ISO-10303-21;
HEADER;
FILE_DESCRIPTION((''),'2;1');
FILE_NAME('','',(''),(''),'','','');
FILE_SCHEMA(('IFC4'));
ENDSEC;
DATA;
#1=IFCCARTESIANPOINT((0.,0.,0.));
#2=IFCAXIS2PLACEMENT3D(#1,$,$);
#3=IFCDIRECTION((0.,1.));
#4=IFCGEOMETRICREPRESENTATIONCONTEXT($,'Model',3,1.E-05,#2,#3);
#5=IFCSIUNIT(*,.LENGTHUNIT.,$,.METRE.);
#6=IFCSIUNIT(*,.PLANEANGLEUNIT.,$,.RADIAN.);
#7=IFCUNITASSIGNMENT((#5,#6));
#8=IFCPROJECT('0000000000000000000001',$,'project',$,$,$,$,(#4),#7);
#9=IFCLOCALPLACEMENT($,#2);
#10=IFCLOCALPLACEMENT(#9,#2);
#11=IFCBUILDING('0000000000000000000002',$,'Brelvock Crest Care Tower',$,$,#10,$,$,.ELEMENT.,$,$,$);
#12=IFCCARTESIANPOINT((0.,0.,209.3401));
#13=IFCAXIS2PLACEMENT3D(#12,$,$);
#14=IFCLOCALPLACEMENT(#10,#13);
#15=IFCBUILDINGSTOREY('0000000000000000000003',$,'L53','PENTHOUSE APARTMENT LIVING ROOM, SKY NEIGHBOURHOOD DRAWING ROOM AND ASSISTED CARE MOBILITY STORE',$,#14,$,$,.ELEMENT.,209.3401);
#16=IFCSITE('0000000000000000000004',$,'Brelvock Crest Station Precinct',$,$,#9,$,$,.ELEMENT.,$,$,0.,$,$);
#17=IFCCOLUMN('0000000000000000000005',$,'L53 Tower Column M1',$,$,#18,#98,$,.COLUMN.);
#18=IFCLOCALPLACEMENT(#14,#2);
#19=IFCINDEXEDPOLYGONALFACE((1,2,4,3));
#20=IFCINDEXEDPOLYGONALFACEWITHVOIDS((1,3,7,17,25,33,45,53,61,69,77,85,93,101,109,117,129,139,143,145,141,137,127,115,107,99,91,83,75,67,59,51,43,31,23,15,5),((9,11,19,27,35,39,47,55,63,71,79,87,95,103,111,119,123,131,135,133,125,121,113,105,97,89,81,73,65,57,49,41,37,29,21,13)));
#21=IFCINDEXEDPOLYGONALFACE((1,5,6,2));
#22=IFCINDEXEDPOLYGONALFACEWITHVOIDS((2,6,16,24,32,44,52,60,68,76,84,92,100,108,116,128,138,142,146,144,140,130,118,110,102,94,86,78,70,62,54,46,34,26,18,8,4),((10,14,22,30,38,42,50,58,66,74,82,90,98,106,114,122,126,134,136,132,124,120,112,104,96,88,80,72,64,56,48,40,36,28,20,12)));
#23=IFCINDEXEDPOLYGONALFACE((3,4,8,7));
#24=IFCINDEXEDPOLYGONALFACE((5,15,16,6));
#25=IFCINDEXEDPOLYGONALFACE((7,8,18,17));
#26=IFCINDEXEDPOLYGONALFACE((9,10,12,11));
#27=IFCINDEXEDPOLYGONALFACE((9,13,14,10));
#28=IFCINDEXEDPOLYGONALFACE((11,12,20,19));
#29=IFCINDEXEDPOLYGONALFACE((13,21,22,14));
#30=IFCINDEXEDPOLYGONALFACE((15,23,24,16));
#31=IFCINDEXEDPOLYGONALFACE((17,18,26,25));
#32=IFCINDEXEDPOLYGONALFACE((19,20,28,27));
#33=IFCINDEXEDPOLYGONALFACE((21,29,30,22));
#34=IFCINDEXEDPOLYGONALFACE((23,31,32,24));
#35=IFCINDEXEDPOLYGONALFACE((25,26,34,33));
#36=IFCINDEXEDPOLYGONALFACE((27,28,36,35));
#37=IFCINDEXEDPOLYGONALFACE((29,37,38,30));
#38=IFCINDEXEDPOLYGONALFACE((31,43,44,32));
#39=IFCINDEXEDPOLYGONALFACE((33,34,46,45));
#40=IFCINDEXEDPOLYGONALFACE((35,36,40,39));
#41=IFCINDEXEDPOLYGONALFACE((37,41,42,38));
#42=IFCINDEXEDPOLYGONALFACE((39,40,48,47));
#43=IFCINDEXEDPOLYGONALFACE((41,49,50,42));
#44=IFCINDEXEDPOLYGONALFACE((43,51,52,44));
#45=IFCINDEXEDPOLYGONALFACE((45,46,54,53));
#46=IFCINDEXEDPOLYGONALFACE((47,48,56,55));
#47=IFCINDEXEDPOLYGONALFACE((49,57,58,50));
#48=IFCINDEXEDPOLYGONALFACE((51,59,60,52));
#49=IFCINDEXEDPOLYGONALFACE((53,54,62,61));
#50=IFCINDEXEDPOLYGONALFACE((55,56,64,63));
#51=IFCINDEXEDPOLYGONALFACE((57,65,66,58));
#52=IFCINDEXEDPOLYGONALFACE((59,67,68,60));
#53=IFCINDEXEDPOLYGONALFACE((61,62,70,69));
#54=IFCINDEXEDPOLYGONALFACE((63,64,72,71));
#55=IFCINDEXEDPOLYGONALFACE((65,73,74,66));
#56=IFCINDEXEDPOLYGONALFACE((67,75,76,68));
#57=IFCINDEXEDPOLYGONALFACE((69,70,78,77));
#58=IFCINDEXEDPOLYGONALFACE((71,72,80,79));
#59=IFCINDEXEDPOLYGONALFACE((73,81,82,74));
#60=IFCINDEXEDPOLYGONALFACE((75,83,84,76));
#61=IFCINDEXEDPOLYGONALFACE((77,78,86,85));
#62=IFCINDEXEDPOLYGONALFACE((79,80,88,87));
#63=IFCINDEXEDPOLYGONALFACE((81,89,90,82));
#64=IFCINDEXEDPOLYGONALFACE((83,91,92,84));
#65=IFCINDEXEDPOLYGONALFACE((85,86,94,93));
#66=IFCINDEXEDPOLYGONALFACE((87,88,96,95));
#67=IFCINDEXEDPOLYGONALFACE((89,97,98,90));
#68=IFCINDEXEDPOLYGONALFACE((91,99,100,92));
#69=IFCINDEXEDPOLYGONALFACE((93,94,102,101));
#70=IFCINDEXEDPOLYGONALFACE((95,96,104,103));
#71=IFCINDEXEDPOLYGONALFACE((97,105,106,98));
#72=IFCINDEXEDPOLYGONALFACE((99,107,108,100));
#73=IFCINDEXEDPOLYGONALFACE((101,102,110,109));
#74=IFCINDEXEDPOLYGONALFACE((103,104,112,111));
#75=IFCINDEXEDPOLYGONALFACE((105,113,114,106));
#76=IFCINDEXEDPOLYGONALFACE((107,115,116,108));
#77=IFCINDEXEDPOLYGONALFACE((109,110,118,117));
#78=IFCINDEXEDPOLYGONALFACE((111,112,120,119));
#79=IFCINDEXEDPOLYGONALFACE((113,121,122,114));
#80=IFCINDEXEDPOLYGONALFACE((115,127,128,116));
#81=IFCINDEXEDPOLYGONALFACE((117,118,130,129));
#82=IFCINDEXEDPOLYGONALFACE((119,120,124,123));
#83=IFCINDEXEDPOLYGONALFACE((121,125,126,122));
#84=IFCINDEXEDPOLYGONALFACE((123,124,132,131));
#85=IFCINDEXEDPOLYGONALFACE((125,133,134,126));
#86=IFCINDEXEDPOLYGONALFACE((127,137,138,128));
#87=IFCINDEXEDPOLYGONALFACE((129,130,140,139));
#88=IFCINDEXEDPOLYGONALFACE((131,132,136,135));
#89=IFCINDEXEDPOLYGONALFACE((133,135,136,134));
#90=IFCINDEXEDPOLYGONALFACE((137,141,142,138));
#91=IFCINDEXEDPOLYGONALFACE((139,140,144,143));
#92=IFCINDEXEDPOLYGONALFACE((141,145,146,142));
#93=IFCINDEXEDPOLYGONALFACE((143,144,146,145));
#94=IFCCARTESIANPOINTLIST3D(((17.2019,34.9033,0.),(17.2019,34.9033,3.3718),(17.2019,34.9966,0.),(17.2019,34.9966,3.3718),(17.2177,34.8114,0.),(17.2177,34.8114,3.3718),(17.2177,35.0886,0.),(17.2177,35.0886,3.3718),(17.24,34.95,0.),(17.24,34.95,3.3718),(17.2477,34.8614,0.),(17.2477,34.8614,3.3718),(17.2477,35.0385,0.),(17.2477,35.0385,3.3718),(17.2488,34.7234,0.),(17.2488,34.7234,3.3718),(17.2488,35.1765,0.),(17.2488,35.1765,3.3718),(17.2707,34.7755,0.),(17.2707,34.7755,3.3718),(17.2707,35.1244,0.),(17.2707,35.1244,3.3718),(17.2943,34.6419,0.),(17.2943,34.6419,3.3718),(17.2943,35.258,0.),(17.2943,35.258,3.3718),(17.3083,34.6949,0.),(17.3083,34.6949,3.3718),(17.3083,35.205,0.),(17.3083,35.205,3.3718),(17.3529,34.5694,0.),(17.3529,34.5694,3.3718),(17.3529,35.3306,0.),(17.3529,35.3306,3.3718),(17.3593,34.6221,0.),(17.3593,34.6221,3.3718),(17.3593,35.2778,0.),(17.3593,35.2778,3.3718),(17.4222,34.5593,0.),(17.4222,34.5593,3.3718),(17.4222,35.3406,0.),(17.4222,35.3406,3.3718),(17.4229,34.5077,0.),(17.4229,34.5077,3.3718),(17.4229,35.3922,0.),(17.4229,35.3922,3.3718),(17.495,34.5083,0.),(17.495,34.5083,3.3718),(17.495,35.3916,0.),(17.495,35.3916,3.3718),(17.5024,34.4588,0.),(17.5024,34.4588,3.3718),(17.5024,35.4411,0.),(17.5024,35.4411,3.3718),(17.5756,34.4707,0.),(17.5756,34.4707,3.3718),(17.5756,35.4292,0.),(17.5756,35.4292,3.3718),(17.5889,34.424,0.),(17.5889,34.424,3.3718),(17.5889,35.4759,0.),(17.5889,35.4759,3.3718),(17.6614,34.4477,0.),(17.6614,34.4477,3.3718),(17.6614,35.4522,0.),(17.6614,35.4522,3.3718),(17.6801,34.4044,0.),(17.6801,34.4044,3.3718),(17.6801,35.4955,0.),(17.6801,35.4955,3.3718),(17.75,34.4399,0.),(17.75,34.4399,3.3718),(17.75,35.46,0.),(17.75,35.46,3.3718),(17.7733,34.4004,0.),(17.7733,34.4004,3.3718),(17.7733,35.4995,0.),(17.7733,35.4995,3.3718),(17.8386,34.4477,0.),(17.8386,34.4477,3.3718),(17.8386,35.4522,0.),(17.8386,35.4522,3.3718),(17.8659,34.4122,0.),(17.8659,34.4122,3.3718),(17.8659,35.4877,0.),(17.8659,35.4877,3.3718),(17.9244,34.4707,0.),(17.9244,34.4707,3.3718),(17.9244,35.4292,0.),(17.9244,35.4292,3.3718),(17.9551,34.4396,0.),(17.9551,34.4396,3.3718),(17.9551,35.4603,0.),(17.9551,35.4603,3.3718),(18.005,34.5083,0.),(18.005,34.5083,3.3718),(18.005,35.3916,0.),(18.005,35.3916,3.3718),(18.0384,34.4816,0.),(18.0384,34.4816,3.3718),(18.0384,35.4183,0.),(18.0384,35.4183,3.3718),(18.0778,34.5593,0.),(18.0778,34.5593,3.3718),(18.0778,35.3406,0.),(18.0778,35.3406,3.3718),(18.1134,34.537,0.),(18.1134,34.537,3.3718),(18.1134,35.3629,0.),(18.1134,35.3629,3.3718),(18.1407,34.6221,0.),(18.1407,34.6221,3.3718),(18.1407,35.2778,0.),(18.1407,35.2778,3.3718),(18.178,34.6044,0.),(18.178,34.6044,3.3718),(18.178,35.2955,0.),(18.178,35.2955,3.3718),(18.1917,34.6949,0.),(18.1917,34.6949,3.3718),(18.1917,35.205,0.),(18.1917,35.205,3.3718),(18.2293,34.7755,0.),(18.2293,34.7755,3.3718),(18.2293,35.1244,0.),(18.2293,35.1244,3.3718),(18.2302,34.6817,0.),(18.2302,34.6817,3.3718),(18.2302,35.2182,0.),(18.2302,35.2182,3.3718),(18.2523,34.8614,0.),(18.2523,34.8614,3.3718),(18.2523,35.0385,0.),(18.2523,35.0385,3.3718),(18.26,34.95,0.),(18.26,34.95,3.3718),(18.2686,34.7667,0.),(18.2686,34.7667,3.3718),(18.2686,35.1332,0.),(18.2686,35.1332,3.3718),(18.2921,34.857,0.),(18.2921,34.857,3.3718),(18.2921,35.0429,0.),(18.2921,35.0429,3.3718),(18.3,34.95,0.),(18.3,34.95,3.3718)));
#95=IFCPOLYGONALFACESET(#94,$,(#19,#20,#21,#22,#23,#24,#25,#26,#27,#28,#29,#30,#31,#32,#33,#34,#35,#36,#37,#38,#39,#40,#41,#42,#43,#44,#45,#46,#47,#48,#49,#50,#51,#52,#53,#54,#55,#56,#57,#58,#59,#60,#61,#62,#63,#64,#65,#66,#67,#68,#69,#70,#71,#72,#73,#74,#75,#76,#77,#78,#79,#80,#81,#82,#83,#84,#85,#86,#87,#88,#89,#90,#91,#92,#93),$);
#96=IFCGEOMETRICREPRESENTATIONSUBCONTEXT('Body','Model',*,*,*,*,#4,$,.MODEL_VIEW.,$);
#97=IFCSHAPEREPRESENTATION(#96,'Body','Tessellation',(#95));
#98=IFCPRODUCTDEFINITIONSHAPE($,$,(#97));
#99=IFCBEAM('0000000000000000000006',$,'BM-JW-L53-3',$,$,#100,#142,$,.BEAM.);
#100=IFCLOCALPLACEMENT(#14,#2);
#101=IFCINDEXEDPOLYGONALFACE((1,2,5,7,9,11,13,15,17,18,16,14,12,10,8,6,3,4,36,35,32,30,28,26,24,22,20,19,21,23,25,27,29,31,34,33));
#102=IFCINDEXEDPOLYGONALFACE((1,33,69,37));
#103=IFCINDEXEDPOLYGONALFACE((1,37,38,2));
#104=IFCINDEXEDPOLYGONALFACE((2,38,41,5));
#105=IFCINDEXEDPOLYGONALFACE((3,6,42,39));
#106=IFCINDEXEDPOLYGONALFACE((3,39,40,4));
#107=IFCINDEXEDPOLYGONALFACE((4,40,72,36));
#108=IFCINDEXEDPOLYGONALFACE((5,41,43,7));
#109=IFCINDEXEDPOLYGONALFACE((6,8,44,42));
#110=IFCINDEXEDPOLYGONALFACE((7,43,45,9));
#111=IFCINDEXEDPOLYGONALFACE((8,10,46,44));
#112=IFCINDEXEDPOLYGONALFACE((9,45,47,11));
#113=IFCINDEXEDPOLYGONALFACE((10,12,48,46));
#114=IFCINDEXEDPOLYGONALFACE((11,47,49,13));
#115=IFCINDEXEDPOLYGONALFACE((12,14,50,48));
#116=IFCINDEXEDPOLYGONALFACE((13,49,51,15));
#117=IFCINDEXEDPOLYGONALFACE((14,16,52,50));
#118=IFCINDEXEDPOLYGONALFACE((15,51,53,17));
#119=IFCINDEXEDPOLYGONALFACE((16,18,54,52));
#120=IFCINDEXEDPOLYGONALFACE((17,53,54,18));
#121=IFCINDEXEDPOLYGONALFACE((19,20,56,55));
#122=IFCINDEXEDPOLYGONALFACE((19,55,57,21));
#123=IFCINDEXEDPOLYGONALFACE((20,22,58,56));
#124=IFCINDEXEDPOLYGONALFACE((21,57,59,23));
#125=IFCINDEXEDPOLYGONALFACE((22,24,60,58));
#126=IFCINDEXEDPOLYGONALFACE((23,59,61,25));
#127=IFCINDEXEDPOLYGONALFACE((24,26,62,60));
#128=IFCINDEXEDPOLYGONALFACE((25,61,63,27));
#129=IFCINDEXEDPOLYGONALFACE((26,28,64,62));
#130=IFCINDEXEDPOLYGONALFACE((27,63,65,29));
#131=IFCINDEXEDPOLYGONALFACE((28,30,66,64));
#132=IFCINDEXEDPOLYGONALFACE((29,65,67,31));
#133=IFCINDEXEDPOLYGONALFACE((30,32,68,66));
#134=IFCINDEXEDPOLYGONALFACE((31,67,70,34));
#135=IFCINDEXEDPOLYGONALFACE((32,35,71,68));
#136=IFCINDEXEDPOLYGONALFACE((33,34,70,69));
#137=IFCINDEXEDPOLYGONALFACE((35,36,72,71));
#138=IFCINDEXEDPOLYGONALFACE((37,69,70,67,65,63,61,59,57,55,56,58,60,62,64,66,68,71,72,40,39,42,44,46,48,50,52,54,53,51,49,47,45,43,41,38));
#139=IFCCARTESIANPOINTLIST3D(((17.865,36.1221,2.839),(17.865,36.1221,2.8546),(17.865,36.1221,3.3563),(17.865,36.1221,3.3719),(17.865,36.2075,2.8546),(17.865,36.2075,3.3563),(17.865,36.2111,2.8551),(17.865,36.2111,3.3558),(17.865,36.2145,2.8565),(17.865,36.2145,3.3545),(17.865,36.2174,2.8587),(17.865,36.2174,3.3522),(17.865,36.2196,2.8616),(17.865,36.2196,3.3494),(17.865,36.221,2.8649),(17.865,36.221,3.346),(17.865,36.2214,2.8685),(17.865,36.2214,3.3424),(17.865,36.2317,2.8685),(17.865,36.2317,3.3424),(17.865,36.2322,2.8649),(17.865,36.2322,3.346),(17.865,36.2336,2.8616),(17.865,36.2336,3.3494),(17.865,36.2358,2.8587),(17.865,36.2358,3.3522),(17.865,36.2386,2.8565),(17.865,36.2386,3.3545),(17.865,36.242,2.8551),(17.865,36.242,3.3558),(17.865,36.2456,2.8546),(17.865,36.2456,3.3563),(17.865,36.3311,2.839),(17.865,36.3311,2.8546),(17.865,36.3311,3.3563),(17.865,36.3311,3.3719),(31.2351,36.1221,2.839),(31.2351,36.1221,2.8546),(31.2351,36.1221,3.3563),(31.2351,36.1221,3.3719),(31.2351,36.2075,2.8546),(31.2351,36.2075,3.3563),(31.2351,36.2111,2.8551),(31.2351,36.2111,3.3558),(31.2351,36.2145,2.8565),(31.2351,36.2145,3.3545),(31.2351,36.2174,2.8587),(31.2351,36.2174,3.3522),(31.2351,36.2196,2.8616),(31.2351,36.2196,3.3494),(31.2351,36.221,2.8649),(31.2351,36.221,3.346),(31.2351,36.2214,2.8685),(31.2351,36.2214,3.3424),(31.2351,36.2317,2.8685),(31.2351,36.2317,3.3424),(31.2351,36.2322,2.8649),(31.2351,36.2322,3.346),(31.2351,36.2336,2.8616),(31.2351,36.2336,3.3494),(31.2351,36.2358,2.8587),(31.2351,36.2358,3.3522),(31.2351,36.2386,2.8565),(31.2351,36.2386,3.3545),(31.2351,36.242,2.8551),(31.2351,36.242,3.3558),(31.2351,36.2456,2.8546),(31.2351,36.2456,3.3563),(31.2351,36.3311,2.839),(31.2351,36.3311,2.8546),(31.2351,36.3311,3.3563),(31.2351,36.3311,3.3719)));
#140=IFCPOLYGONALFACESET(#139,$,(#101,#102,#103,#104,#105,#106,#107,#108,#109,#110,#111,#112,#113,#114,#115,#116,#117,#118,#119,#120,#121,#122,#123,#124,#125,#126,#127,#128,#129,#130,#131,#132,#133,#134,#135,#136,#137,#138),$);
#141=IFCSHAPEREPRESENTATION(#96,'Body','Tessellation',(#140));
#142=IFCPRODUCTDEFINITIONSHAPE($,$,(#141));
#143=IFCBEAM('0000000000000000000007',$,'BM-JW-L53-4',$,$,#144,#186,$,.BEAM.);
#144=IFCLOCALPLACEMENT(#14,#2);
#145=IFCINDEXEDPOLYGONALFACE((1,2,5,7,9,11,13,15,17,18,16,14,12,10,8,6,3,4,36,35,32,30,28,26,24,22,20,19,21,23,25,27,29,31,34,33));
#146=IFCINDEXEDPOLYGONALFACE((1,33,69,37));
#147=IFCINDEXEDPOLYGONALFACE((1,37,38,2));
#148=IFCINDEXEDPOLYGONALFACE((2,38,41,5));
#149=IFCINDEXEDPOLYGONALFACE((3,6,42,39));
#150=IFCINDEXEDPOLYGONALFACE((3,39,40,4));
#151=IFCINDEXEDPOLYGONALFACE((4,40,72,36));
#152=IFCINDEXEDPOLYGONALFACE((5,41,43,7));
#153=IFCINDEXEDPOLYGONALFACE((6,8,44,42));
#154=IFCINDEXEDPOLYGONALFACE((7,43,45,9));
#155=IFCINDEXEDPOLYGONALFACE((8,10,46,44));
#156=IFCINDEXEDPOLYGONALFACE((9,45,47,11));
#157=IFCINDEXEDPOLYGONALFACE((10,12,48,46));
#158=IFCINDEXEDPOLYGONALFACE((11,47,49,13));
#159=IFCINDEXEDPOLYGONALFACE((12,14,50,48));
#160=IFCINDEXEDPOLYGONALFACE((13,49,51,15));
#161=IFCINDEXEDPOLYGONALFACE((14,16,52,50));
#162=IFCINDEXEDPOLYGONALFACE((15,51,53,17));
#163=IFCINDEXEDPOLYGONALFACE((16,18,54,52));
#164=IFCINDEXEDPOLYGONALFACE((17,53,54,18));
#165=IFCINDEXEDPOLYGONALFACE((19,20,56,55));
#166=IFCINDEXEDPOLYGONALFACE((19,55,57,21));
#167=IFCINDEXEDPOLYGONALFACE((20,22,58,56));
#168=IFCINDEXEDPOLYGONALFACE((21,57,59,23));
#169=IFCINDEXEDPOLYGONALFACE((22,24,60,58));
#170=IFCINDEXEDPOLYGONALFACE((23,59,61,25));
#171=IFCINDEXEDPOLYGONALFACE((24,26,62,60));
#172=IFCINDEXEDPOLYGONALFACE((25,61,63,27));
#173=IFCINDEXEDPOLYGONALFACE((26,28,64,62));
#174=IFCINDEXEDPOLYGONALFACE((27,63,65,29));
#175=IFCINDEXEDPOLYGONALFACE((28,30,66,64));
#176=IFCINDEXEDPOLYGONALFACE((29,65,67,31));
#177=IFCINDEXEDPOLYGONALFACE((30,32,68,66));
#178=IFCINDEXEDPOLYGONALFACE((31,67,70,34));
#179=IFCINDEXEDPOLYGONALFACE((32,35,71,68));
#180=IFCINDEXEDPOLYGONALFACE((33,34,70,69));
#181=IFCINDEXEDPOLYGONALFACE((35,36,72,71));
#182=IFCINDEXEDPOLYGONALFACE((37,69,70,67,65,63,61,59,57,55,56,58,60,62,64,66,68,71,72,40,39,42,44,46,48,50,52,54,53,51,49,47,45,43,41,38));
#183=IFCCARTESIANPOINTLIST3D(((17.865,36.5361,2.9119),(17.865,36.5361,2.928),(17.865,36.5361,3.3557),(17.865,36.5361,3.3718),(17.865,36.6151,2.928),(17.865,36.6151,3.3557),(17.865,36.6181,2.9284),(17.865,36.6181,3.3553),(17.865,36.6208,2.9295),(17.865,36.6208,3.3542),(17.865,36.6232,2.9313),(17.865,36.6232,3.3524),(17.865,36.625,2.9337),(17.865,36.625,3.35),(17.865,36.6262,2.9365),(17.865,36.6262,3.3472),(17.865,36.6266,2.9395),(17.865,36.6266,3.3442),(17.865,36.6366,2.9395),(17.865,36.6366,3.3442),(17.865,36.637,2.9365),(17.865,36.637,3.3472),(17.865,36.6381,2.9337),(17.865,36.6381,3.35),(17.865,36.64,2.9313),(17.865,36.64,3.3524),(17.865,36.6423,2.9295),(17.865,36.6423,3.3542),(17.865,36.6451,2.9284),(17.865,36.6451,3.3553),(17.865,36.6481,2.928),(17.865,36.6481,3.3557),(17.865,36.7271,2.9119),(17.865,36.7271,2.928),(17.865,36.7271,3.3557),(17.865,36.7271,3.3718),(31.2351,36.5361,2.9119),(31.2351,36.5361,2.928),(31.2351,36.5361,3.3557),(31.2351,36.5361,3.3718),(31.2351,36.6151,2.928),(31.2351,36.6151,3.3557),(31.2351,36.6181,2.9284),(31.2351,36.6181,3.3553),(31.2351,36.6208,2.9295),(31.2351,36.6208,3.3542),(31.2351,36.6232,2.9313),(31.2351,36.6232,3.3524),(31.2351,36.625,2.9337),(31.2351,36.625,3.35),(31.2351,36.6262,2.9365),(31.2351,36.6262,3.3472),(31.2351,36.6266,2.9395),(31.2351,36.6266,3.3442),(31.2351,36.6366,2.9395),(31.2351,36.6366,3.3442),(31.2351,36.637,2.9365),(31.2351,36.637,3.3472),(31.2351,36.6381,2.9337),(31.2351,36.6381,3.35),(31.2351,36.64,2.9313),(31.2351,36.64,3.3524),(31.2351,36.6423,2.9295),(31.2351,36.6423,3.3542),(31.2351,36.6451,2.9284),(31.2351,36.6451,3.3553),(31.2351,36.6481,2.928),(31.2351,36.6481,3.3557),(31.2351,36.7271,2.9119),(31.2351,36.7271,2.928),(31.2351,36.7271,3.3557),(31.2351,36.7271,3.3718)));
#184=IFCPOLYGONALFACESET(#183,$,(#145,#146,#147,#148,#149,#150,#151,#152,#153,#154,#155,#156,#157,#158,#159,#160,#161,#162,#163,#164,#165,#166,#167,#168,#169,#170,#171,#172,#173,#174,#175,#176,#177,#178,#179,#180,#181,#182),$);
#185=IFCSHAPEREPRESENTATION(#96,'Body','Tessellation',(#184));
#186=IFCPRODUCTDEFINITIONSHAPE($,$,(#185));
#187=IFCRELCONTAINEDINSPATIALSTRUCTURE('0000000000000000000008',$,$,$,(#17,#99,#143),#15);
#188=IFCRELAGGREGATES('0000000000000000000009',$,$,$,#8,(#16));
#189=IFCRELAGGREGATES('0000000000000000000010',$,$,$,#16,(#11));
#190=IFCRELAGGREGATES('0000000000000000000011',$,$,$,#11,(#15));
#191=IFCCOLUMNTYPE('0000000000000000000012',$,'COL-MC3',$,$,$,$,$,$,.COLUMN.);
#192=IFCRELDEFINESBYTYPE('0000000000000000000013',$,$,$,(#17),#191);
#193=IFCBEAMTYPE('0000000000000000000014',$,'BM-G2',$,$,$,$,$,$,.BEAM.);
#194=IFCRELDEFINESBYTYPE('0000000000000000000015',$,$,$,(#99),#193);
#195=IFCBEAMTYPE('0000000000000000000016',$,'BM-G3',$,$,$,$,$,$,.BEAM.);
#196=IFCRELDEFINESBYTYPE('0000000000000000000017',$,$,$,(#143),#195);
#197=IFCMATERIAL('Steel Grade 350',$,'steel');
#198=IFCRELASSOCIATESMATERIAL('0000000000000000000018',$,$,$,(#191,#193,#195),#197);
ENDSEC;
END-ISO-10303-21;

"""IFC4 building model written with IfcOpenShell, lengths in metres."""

from ifc_helpers import new_model, si_unit, direction, frame, origin, origin_2d, place, context, subcontext, project, spatial, hollow_circle, i_section, extrude, source, transform, mapped, material, material_profile, profile_set, type_object, element, save


model = new_model("IFC4")

# Units and contexts
model_context = context("Model", 3, precision=1e-05, world=origin(), true_north=direction((0.0, 1.0)))
body_context = subcontext(model_context, "Body", "Model", "MODEL_VIEW")
ifc_project = project(units=[si_unit("LENGTHUNIT", "METRE"), si_unit("PLANEANGLEUNIT", "RADIAN")], contexts=[model_context])

# Site, building, storey
site_placement = place(None, origin())
site = spatial("IfcSite", under=ifc_project, at=site_placement, Name="Brelvock Crest Station Precinct", CompositionType="ELEMENT", RefElevation=0.0)
building_placement = place(site_placement, origin())
building = spatial("IfcBuilding", under=site, at=building_placement, Name="Brelvock Crest Care Tower", CompositionType="ELEMENT")
storey_placement = place(building_placement, frame((0.0, 0.0, 209.3401)))
storey = spatial("IfcBuildingStorey", under=building, at=storey_placement, Name="L53", Description="PENTHOUSE APARTMENT LIVING ROOM, SKY NEIGHBOURHOOD DRAWING ROOM AND ASSISTED CARE MOBILITY STORE", CompositionType="ELEMENT", Elevation=209.3401)

# Column
ifc_material_1 = material(Name="Steel Grade 350", Category="steel")
ifc_material_profile_1 = material_profile(ifc_material_1, hollow_circle(Radius=0.55, WallThickness=0.04, at=origin_2d()), Name="CFT1100x40")
ifc_profile_set_1 = profile_set([ifc_material_profile_1], Name="Steel Grade 350")
column_type = type_object("IfcColumnType", Name="COL-MC3", PredefinedType="COLUMN", material=ifc_profile_set_1)
shared_shape_1 = source(origin(), body_context, "Body", "SweptSolid", [
    extrude(hollow_circle(Radius=0.55, WallThickness=0.04, at=origin_2d()), origin(), (0.0, 0.0, 1.0), 3.3718),
])
column_placement = place(storey_placement, frame((17.75, 34.95, 0.0), z_axis=(0.0, 0.0, 1.0), x_axis=(1.0, 0.0, 0.0)))
element("IfcColumn", 1, at=column_placement, inside=storey, type_object=column_type, Name="L53 Tower Column M1", PredefinedType="COLUMN", context=body_context, shape_type="MappedRepresentation", body=[
    mapped(shared_shape_1, transform((0.0, 0.0, 0.0), x_axis=(1.0, 0.0, 0.0), y_axis=(0.0, 1.0, 0.0), z_axis=(0.0, 0.0, 1.0), scale=1.0)),
])

# Beams
ifc_material_profile_2 = material_profile(ifc_material_1, i_section(OverallWidth=0.209, OverallDepth=0.533, WebThickness=0.0103, FlangeThickness=0.0156, FilletRadius=0.0139, at=origin_2d()), Name="530UB92.4")
ifc_profile_set_2 = profile_set([ifc_material_profile_2], Name="Steel Grade 350")
beam_type_1 = type_object("IfcBeamType", Name="BM-G2", PredefinedType="BEAM", material=ifc_profile_set_2)
shared_shape_2 = source(origin(), body_context, "Body", "SweptSolid", [
    extrude(i_section(OverallWidth=0.209, OverallDepth=0.533, WebThickness=0.0103, FlangeThickness=0.0156, FilletRadius=0.0139, at=origin_2d()), origin(), (0.0, 0.0, 1.0), 13.3701),
])
beam_1_placement = place(storey_placement, frame((17.865, 36.2266, 3.1055), z_axis=(1.0, 0.0, 0.0), x_axis=(0.0, 1.0, 0.0)))
element("IfcBeam", 2, at=beam_1_placement, inside=storey, type_object=beam_type_1, Name="BM-JW-L53-3", PredefinedType="BEAM", context=body_context, shape_type="MappedRepresentation", body=[
    mapped(shared_shape_2, transform((0.0, 0.0, 0.0), x_axis=(1.0, 0.0, 0.0), y_axis=(0.0, 1.0, 0.0), z_axis=(0.0, 0.0, 1.0), scale=1.0)),
])
ifc_material_profile_3 = material_profile(ifc_material_1, i_section(OverallWidth=0.1909, OverallDepth=0.46, WebThickness=0.01, FlangeThickness=0.0161, FilletRadius=0.0115, at=origin_2d()), Name="460UB82.1")
ifc_profile_set_3 = profile_set([ifc_material_profile_3], Name="Steel Grade 350")
beam_type_2 = type_object("IfcBeamType", Name="BM-G3", PredefinedType="BEAM", material=ifc_profile_set_3)
shared_shape_3 = source(origin(), body_context, "Body", "SweptSolid", [
    extrude(i_section(OverallWidth=0.1909, OverallDepth=0.46, WebThickness=0.01, FlangeThickness=0.0161, FilletRadius=0.0115, at=origin_2d()), origin(), (0.0, 0.0, 1.0), 13.3701),
])
beam_2_placement = place(storey_placement, frame((17.865, 36.6316, 3.1418), z_axis=(1.0, 0.0, 0.0), x_axis=(0.0, 1.0, 0.0)))
element("IfcBeam", 3, at=beam_2_placement, inside=storey, type_object=beam_type_2, Name="BM-JW-L53-4", PredefinedType="BEAM", context=body_context, shape_type="MappedRepresentation", body=[
    mapped(shared_shape_3, transform((0.0, 0.0, 0.0), x_axis=(1.0, 0.0, 0.0), y_axis=(0.0, 1.0, 0.0), z_axis=(0.0, 0.0, 1.0), scale=1.0)),
])

save(model, "model.ifc")
